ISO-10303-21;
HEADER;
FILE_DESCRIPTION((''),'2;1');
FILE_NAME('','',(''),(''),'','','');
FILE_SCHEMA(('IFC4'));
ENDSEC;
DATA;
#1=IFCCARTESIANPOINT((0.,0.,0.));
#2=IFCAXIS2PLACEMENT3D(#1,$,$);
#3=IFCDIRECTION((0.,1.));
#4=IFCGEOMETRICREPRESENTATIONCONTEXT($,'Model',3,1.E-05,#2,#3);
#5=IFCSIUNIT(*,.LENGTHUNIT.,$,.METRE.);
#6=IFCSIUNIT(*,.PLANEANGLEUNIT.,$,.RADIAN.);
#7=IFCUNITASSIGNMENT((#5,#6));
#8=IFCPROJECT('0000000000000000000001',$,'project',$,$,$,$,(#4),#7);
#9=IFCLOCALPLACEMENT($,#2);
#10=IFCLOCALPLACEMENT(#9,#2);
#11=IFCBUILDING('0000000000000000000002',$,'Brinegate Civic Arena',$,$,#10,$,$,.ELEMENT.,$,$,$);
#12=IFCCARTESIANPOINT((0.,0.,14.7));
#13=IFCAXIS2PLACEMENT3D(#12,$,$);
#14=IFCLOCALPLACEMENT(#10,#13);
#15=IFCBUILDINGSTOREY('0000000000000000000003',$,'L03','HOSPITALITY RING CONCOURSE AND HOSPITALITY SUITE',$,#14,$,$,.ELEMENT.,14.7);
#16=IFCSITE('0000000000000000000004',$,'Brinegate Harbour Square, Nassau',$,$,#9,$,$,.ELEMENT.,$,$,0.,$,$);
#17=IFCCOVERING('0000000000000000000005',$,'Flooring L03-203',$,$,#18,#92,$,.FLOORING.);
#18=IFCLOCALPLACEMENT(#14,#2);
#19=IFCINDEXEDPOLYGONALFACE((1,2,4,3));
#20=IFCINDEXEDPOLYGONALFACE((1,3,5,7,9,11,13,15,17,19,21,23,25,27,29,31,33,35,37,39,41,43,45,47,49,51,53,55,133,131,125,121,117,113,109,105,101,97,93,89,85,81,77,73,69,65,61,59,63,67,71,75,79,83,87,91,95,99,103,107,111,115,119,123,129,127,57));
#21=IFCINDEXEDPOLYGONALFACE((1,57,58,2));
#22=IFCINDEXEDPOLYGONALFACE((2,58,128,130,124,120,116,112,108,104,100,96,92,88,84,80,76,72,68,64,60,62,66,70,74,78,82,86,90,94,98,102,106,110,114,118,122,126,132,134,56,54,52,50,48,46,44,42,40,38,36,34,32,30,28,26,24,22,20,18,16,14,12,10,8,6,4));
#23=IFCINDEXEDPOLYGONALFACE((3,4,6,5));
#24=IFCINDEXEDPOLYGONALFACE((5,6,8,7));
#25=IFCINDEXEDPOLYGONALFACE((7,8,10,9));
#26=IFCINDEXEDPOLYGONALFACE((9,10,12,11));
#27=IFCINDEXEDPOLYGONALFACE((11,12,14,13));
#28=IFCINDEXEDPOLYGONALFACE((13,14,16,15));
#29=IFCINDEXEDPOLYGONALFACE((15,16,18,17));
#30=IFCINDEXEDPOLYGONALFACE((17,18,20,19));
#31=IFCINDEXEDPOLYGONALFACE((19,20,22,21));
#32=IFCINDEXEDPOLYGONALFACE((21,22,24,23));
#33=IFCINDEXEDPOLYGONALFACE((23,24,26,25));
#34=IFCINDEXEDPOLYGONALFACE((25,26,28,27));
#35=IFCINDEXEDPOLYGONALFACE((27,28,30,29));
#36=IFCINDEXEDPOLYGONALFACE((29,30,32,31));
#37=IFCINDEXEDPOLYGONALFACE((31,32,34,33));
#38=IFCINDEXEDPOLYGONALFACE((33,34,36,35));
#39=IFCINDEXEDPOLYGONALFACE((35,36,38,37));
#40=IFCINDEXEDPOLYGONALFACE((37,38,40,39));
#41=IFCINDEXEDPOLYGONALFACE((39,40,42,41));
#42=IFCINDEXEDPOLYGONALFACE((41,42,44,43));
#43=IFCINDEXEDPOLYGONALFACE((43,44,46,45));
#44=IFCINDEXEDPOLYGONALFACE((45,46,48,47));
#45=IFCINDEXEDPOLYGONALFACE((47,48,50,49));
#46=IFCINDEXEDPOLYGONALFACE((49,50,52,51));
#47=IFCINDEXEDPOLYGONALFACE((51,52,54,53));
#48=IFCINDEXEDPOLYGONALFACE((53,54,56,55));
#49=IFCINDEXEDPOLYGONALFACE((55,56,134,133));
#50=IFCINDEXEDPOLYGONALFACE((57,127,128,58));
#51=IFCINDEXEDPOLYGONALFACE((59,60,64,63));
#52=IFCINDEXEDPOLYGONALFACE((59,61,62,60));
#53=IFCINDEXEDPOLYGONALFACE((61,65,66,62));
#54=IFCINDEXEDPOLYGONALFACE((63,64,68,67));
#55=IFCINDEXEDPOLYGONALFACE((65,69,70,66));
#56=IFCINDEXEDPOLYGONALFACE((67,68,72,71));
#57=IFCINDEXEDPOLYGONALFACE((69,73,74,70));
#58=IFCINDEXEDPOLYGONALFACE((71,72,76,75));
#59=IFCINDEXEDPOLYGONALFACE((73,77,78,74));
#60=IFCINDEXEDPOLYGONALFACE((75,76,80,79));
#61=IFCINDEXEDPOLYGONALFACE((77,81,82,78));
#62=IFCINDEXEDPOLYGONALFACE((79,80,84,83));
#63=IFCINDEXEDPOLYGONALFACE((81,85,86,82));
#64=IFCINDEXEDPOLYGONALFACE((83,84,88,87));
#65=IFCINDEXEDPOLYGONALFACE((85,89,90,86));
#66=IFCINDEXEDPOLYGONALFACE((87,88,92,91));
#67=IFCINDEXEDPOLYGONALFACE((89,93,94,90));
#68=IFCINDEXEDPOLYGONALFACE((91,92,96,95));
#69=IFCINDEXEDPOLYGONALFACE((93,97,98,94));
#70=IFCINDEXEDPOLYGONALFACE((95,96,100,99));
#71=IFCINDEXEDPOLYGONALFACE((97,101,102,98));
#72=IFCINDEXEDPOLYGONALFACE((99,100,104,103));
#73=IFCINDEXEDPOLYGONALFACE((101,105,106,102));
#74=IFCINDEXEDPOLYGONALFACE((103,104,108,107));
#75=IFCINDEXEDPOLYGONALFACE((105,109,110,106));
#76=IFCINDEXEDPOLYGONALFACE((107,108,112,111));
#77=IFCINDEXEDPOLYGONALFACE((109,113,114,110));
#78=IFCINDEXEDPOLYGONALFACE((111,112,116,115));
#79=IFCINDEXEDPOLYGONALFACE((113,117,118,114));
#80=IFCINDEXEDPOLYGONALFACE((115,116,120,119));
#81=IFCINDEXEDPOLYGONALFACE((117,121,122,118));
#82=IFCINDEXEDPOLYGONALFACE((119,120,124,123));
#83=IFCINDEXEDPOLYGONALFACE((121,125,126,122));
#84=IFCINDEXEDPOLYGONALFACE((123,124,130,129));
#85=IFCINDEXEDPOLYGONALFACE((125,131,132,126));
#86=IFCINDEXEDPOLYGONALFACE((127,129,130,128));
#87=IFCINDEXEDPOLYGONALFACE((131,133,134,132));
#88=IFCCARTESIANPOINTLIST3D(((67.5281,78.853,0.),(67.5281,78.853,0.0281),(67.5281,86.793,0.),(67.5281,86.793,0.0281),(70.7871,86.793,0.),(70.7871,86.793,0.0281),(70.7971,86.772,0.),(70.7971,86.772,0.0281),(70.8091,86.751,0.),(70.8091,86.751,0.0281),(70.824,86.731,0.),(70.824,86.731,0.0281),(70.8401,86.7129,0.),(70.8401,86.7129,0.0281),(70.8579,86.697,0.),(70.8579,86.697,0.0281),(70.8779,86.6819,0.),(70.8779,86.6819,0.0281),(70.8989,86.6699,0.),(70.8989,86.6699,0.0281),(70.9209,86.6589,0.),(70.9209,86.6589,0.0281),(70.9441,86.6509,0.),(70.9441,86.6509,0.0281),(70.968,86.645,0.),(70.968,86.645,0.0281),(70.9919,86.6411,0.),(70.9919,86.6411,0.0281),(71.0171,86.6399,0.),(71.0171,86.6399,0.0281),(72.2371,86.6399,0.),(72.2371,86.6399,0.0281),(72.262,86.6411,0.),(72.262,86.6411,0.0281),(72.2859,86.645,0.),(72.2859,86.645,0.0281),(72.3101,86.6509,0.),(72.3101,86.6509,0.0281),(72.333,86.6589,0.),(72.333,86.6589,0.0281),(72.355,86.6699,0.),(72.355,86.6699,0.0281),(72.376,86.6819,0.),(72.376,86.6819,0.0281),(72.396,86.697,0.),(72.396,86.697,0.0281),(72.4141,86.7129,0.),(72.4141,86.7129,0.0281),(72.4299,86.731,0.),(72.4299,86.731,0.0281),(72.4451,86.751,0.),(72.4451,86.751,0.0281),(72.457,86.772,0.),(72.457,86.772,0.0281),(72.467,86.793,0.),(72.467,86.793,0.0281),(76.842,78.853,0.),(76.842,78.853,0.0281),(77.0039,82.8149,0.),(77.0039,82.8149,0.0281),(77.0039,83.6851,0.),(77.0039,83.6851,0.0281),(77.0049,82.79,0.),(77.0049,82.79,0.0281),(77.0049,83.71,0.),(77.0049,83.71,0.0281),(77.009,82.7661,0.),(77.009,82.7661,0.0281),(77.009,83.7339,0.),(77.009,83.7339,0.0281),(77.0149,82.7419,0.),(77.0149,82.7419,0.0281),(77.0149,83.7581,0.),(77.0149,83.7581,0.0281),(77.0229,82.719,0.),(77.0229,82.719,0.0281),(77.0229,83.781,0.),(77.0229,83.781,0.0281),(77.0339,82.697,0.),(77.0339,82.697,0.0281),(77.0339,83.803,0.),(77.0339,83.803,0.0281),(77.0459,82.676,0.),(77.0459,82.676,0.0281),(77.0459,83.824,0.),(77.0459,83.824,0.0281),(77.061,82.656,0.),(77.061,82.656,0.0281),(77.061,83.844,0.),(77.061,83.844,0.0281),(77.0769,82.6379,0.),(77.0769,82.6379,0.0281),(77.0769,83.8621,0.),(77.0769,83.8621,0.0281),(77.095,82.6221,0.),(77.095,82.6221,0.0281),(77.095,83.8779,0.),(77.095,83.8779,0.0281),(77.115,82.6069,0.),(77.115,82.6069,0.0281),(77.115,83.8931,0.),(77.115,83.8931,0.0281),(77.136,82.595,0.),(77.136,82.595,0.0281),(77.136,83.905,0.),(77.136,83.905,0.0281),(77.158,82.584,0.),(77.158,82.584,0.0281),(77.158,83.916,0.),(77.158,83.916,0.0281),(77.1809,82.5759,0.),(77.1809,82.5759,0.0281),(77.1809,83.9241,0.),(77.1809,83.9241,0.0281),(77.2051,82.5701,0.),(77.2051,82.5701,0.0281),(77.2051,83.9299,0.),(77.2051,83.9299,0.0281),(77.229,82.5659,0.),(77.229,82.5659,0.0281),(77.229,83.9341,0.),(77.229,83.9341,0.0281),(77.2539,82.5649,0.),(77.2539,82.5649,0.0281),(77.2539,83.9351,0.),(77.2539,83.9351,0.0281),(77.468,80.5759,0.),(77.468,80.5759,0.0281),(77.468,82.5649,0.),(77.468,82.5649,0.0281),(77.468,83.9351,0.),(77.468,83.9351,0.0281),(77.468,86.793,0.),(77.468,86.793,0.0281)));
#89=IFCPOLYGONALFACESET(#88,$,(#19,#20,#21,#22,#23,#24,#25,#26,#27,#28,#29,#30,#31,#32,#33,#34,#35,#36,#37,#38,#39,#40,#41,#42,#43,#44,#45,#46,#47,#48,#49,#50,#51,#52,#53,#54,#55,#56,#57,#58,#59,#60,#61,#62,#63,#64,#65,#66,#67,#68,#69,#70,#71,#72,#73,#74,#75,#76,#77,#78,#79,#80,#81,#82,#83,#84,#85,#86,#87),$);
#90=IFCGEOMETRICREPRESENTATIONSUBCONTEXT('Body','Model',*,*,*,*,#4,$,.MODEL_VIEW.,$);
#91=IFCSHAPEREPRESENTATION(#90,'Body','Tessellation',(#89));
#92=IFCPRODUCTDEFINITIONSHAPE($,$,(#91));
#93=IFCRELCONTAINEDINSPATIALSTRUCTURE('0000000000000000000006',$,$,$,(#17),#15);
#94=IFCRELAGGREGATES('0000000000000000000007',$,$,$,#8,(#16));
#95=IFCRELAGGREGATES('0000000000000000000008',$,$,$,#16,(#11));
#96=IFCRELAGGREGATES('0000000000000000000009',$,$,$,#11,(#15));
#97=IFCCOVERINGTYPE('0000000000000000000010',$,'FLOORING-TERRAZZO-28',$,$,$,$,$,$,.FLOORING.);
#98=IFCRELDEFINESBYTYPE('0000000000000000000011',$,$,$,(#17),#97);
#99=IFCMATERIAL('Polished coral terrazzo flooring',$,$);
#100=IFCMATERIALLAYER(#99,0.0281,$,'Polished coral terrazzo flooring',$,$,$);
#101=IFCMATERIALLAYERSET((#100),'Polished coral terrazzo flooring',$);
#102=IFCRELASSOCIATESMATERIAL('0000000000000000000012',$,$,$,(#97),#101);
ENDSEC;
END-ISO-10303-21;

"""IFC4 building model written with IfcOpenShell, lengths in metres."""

from ifc_helpers import new_model, si_unit, direction, frame, origin, place, context, subcontext, project, spatial, polyline, outline, extrude, material, layer, layer_set, type_object, element, save


model = new_model("IFC4")

# Units and contexts
model_context = context("Model", 3, precision=1e-05, world=origin(), true_north=direction((0.0, 1.0)))
body_context = subcontext(model_context, "Body", "Model", "MODEL_VIEW")
ifc_project = project(units=[si_unit("LENGTHUNIT", "METRE"), si_unit("PLANEANGLEUNIT", "RADIAN")], contexts=[model_context])

# Site, building, storey
site_placement = place(None, origin())
site = spatial("IfcSite", under=ifc_project, at=site_placement, Name="Brinegate Harbour Square, Nassau", CompositionType="ELEMENT", RefElevation=0.0)
building_placement = place(site_placement, origin())
building = spatial("IfcBuilding", under=site, at=building_placement, Name="Brinegate Civic Arena", CompositionType="ELEMENT")
storey_placement = place(building_placement, frame((0.0, 0.0, 14.7)))
storey = spatial("IfcBuildingStorey", under=building, at=storey_placement, Name="L03", Description="HOSPITALITY RING CONCOURSE AND HOSPITALITY SUITE", CompositionType="ELEMENT", Elevation=14.7)

# Covering
ifc_material_1 = material(Name="Polished coral terrazzo flooring")
ifc_layer_1 = layer(ifc_material_1, 0.0281, Name="Polished coral terrazzo flooring")
ifc_layer_set_1 = layer_set([ifc_layer_1], Name="Polished coral terrazzo flooring")
covering_type_1 = type_object("IfcCoveringType", Name="FLOORING-TERRAZZO-28", PredefinedType="FLOORING", material=ifc_layer_set_1)
covering_1_placement = place(storey_placement, origin())
element("IfcCovering", 1, at=covering_1_placement, inside=storey, type_object=covering_type_1, Name="Flooring L03-203", PredefinedType="FLOORING", context=body_context, shape_type="SweptSolid", body=[
    extrude(outline(polyline([(67.5281, 78.853), (67.5281, 86.793), (70.7871, 86.793), (70.7971, 86.772), (70.8091, 86.751), (70.824, 86.731), (70.8401, 86.7129), (70.8579, 86.697), (70.8779, 86.6819), (70.8989, 86.6699), (70.9209, 86.6589), (70.9441, 86.6509), (70.968, 86.645), (70.9919, 86.6411), (71.0171, 86.6399), (72.2371, 86.6399), (72.262, 86.6411), (72.2859, 86.645), (72.3101, 86.6509), (72.333, 86.6589), (72.355, 86.6699), (72.376, 86.6819), (72.396, 86.697), (72.4141, 86.7129), (72.4299, 86.731), (72.4451, 86.751), (72.457, 86.772), (72.467, 86.793), (77.468, 86.793), (77.468, 83.9351), (77.2539, 83.9351), (77.229, 83.9341), (77.2051, 83.9299), (77.1809, 83.9241), (77.158, 83.916), (77.136, 83.905), (77.115, 83.8931), (77.095, 83.8779), (77.0769, 83.8621), (77.061, 83.844), (77.0459, 83.824), (77.0339, 83.803), (77.0229, 83.781), (77.0149, 83.7581), (77.009, 83.7339), (77.0049, 83.71), (77.0039, 83.6851), (77.0039, 82.8149), (77.0049, 82.79), (77.009, 82.7661), (77.0149, 82.7419), (77.0229, 82.719), (77.0339, 82.697), (77.0459, 82.676), (77.061, 82.656), (77.0769, 82.6379), (77.095, 82.6221), (77.115, 82.6069), (77.136, 82.595), (77.158, 82.584), (77.1809, 82.5759), (77.2051, 82.5701), (77.229, 82.5659), (77.2539, 82.5649), (77.468, 82.5649), (77.468, 80.5759), (76.842, 78.853), (67.5281, 78.853)])), origin(), (0.0, 0.0, 1.0), 0.0281),
])

save(model, "model.ifc")
